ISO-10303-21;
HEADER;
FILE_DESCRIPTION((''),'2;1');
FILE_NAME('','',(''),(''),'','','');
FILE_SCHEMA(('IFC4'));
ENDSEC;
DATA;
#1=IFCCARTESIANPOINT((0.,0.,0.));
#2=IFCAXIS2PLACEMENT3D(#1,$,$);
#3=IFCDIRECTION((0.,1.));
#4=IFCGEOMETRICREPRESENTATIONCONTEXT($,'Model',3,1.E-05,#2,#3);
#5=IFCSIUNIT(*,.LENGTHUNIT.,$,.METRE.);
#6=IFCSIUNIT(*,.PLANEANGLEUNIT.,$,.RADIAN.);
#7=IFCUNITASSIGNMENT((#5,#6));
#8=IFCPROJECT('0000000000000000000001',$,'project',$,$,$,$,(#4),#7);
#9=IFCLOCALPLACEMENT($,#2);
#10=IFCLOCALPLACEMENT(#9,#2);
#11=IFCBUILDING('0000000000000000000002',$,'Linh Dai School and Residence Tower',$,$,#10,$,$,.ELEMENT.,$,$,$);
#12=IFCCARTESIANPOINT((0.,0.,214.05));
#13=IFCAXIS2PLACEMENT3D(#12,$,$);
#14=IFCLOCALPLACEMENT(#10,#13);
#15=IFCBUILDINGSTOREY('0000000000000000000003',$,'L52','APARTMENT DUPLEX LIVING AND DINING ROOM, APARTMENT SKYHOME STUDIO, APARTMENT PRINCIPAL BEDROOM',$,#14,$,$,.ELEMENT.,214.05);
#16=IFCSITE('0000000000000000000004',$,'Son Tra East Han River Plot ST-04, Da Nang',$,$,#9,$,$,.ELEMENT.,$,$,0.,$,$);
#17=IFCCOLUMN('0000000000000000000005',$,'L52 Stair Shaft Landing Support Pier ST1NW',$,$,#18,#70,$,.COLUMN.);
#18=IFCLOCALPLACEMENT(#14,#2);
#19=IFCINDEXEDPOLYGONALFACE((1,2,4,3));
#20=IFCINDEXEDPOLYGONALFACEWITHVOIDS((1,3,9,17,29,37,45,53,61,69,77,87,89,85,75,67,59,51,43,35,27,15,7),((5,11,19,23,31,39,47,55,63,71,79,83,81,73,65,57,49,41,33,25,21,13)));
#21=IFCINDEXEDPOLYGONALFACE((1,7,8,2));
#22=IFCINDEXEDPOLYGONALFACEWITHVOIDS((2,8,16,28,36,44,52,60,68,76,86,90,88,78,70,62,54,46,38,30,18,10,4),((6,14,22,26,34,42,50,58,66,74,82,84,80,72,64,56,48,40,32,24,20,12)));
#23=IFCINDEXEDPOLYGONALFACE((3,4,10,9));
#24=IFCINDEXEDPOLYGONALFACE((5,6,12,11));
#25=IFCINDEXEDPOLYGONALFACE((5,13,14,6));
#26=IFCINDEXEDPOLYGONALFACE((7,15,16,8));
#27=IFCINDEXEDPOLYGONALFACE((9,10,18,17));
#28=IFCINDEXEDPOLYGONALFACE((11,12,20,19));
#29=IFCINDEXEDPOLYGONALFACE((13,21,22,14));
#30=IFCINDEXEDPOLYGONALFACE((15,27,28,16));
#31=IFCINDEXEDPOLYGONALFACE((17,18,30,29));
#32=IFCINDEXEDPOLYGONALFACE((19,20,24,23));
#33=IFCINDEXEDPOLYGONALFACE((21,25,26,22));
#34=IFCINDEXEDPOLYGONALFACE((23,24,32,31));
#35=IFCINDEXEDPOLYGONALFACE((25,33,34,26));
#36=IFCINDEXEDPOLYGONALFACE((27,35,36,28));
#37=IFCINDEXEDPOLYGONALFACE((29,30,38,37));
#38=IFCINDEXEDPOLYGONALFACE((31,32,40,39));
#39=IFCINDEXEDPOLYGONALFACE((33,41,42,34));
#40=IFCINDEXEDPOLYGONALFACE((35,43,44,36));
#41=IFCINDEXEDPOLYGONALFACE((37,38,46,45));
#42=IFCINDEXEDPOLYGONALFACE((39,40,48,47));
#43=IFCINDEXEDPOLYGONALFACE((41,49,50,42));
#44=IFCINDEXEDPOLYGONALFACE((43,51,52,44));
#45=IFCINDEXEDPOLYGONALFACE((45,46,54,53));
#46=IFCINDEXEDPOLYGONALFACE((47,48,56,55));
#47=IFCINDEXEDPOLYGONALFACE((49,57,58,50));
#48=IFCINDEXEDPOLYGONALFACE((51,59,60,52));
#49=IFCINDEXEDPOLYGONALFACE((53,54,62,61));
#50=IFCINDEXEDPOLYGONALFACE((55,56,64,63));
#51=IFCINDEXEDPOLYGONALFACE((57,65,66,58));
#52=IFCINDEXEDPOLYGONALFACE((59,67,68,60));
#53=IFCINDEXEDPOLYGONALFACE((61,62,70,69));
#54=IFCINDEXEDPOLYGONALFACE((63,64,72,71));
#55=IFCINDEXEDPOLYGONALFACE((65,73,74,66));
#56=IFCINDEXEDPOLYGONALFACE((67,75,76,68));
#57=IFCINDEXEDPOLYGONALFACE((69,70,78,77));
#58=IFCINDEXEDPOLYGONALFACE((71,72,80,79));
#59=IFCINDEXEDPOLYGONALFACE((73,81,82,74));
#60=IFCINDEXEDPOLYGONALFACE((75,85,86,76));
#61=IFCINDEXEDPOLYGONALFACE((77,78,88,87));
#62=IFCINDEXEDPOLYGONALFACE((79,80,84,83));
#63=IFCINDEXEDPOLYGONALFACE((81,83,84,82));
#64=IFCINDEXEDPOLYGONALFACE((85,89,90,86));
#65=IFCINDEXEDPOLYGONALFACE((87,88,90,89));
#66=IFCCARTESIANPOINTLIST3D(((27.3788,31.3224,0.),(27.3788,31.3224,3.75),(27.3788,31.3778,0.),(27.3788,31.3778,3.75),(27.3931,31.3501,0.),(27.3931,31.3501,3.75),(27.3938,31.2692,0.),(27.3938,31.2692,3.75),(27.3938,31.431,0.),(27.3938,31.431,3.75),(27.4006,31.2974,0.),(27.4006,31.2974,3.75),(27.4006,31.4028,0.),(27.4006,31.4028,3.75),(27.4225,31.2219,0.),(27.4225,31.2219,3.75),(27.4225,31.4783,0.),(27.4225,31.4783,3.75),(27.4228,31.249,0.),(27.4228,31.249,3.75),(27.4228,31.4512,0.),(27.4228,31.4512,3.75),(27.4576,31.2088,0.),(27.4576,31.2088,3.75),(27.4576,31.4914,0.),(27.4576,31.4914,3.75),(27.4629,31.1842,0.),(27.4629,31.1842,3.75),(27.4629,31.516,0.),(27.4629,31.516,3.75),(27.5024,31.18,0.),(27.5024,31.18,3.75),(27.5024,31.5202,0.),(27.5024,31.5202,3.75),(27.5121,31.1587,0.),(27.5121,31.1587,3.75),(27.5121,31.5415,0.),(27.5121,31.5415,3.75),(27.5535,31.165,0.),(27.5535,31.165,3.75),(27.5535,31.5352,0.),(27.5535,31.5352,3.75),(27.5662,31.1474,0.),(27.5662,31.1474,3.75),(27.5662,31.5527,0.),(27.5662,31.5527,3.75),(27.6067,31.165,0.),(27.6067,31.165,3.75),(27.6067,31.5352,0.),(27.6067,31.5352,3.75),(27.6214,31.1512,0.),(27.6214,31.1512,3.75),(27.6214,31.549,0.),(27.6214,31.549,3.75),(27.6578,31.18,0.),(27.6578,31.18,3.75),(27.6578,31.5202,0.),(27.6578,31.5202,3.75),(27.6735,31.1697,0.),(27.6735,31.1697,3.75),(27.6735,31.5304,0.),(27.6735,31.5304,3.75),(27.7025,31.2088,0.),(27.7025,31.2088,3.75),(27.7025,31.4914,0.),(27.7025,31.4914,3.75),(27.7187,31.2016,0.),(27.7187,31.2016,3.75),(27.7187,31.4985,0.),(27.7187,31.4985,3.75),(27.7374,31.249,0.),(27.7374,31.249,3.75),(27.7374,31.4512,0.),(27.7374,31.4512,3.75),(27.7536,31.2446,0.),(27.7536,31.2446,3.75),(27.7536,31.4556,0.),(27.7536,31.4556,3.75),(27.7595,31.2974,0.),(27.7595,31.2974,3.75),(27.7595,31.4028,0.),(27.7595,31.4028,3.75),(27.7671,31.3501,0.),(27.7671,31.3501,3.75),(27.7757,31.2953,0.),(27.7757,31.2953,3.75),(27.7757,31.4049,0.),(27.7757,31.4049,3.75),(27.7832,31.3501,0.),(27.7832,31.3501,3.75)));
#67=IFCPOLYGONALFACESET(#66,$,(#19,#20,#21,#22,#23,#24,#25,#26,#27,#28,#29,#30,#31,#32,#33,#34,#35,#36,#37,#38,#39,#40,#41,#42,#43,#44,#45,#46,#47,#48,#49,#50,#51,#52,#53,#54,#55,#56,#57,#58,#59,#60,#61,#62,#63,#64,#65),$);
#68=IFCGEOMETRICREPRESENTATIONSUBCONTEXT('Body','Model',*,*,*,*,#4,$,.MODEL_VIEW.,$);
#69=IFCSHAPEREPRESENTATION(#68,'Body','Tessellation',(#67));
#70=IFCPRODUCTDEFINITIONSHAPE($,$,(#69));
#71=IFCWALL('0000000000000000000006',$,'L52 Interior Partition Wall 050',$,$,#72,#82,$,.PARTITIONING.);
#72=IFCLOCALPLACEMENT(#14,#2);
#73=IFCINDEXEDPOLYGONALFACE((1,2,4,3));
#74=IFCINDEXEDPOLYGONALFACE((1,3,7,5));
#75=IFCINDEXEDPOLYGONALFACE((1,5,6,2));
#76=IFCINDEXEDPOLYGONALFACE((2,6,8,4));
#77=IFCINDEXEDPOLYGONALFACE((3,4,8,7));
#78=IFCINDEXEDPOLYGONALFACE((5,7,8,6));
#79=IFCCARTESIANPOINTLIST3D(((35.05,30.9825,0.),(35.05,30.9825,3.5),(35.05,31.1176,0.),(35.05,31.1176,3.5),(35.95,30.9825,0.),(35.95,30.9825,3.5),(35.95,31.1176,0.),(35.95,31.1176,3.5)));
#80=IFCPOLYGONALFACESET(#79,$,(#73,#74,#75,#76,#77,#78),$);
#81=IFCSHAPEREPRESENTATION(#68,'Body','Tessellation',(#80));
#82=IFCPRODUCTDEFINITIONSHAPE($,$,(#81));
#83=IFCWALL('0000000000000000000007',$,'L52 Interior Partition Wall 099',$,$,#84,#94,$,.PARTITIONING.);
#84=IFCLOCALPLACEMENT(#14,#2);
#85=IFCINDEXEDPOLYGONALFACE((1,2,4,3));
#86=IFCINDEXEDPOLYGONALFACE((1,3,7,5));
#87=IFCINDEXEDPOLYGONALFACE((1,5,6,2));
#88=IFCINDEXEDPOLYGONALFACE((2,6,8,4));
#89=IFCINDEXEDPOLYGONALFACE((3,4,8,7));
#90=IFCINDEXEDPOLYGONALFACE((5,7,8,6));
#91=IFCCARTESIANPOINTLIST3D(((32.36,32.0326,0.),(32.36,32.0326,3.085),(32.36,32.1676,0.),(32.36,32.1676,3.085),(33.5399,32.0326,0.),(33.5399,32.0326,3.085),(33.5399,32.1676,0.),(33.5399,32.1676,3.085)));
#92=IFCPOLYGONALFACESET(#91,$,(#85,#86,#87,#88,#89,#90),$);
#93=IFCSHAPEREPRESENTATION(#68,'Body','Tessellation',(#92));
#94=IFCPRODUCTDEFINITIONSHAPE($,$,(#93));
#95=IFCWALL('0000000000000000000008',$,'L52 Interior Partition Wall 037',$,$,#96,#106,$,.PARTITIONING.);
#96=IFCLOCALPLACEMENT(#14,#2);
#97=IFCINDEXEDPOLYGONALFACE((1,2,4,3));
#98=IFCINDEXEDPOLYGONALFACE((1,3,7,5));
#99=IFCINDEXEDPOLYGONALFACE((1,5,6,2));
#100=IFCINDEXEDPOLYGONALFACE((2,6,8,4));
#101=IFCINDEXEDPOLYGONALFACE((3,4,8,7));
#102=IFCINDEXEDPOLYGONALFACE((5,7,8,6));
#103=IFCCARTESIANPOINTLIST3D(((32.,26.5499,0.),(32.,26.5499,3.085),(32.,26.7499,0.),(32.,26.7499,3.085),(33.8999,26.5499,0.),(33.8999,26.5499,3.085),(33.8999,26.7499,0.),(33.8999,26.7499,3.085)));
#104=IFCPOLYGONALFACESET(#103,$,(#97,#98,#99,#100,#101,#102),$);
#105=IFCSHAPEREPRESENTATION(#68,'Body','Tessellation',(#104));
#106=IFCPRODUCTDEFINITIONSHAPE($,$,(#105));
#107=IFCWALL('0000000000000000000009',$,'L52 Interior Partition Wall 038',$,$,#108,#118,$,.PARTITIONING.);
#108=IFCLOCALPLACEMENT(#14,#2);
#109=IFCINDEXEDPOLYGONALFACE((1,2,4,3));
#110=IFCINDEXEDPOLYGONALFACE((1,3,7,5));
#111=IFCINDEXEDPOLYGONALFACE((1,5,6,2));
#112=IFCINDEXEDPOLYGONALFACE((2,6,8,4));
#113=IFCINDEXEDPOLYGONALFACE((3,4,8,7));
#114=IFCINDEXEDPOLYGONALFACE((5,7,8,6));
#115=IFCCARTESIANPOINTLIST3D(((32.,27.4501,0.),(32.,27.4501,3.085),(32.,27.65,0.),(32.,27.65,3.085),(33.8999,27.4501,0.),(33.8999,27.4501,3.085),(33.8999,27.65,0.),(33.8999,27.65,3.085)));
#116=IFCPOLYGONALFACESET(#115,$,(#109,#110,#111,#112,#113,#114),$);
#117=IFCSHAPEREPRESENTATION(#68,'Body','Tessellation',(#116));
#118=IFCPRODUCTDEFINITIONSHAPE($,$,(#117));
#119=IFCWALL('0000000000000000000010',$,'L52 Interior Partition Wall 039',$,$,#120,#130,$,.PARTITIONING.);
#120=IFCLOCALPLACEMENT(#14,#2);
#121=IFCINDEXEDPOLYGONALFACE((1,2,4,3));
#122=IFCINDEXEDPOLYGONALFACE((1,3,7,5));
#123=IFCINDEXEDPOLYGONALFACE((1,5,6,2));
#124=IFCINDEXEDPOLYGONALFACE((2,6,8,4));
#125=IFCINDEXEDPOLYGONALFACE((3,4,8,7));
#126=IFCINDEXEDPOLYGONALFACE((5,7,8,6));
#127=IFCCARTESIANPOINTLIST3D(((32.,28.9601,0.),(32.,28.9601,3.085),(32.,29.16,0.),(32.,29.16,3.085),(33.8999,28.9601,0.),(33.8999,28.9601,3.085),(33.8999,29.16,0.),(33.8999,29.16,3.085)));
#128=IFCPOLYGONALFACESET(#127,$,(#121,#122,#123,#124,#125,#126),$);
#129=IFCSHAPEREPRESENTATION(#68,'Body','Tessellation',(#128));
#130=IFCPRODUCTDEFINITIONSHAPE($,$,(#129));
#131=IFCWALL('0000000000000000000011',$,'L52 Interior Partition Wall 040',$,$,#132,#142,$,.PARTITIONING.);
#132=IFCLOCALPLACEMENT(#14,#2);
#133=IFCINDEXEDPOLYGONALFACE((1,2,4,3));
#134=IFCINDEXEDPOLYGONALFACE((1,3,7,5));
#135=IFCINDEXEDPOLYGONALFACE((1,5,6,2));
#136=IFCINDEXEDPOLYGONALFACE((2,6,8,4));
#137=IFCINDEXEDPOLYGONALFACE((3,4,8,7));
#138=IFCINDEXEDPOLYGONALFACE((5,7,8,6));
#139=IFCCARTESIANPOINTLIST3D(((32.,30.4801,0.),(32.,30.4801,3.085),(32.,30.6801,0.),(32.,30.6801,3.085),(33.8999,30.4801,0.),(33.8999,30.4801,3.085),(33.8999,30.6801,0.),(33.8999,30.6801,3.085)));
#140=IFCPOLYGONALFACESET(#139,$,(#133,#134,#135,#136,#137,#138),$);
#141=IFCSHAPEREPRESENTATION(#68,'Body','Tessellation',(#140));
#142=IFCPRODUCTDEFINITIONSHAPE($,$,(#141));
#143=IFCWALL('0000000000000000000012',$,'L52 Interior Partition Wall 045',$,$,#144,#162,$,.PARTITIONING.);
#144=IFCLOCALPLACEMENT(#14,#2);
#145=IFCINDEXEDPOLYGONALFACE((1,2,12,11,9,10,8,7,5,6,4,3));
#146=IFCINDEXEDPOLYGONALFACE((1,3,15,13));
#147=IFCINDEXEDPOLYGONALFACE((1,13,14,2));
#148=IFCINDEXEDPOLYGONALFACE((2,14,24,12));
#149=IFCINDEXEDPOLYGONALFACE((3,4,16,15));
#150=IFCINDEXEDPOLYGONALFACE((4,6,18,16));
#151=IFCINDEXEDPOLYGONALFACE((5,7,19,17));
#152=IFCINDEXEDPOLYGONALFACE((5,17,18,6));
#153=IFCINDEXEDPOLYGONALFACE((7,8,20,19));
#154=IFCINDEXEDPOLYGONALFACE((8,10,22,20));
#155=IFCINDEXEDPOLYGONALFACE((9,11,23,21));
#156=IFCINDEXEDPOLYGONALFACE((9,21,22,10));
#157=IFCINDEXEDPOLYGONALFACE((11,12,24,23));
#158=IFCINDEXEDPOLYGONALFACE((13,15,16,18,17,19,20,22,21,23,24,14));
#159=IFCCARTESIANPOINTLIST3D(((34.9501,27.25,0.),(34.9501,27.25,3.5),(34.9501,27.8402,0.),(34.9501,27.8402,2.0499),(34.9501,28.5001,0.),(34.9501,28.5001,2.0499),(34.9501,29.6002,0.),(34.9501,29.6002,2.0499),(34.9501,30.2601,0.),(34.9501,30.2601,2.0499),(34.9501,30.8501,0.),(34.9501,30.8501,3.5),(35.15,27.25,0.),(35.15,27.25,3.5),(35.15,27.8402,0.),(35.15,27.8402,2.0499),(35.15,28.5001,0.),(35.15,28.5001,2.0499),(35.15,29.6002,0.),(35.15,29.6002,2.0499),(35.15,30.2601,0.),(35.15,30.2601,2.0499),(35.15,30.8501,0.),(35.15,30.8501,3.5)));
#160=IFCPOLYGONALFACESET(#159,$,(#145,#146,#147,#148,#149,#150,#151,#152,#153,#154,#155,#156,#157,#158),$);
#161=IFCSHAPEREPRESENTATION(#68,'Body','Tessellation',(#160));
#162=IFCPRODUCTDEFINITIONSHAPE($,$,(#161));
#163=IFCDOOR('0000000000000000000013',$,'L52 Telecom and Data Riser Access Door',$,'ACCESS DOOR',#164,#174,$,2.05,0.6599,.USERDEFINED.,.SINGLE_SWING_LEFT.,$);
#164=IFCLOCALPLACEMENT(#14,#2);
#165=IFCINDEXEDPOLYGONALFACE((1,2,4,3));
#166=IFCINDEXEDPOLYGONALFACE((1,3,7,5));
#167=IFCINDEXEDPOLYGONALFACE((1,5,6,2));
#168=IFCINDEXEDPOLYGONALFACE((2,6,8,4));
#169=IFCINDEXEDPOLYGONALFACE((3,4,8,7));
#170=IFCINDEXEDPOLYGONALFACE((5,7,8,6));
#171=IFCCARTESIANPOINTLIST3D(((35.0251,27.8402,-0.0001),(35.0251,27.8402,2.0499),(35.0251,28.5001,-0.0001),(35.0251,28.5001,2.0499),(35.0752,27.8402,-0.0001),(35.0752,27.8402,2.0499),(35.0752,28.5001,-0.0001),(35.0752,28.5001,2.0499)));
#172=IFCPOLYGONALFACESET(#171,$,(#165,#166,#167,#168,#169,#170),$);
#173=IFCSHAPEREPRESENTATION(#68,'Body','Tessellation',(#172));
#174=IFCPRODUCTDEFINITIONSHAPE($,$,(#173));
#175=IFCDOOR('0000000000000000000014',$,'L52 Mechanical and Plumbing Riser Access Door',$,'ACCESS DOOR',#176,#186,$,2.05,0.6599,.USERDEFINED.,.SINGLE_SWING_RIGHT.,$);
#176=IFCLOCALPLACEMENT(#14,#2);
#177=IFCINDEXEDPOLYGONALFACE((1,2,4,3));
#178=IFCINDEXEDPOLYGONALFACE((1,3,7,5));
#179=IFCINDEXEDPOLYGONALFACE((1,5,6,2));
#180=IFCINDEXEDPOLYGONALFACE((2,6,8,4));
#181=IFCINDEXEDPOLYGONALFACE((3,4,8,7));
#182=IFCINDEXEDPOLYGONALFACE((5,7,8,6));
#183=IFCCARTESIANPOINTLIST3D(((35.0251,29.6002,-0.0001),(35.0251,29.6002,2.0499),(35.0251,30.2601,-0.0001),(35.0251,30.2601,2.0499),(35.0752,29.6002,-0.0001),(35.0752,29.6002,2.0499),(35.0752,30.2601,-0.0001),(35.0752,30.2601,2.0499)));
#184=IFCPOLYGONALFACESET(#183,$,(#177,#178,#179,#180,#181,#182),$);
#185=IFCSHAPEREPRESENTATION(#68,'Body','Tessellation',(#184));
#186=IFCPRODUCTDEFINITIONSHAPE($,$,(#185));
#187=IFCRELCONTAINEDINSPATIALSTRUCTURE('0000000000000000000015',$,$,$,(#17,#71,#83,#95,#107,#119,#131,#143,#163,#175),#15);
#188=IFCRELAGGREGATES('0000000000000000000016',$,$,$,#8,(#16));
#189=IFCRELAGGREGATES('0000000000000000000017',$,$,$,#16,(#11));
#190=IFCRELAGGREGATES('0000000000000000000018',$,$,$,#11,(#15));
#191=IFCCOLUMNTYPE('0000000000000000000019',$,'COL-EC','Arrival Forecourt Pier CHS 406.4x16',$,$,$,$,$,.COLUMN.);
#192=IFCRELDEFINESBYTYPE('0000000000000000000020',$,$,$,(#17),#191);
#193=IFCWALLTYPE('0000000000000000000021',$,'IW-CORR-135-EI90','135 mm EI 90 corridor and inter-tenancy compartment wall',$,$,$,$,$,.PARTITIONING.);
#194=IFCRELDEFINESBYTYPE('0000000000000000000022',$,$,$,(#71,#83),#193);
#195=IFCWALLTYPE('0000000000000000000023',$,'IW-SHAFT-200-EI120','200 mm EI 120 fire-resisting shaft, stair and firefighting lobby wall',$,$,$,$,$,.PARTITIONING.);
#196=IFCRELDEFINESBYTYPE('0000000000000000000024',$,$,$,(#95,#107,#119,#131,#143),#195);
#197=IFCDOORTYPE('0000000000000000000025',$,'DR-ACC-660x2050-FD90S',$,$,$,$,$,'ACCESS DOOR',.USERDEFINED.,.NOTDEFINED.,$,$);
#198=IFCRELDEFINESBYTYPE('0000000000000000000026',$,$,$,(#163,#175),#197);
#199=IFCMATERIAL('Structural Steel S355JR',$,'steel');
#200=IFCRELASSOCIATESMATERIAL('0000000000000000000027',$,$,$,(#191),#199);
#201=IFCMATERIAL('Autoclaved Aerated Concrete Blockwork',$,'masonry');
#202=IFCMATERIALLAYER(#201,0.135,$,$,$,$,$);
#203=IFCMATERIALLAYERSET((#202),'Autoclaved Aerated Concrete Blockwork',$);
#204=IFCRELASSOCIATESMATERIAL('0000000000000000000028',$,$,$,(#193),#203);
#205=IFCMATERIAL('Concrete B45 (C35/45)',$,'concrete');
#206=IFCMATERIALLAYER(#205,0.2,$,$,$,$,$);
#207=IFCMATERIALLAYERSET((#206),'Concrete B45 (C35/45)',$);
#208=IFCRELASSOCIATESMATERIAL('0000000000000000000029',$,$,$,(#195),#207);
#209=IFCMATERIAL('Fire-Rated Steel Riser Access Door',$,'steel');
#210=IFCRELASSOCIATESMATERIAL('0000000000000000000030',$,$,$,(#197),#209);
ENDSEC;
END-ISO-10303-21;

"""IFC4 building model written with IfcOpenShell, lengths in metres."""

from ifc_helpers import new_model, si_unit, direction, frame, frame_2d, origin, origin_2d, place, context, subcontext, project, spatial, rectangle, hollow_circle, extrude, source, transform, mapped, material, layer, layer_set, material_profile, profile_set, type_object, element, fill, save


model = new_model("IFC4")

# Units and contexts
model_context = context("Model", 3, precision=1e-05, world=origin(), true_north=direction((0.0, 1.0)))
body_context = subcontext(model_context, "Body", "Model", "MODEL_VIEW")
ifc_project = project(units=[si_unit("LENGTHUNIT", "METRE"), si_unit("PLANEANGLEUNIT", "RADIAN")], contexts=[model_context])

# Site, building, storey
site_placement = place(None, origin())
site = spatial("IfcSite", under=ifc_project, at=site_placement, Name="Son Tra East Han River Plot ST-04, Da Nang", CompositionType="ELEMENT", RefElevation=0.0)
building_placement = place(site_placement, origin())
building = spatial("IfcBuilding", under=site, at=building_placement, Name="Linh Dai School and Residence Tower", CompositionType="ELEMENT")
storey_placement = place(building_placement, frame((0.0, 0.0, 214.05)))
storey = spatial("IfcBuildingStorey", under=building, at=storey_placement, Name="L52", Description="APARTMENT DUPLEX LIVING AND DINING ROOM, APARTMENT SKYHOME STUDIO, APARTMENT PRINCIPAL BEDROOM", CompositionType="ELEMENT", Elevation=214.05)

# Column
ifc_material_1 = material(Name="Structural Steel S355JR", Category="steel")
ifc_material_profile = material_profile(ifc_material_1, hollow_circle(Radius=0.2031, WallThickness=0.0161, at=origin_2d()), Name="CHS 406.4x16")
ifc_profile_set = profile_set([ifc_material_profile], Name="Structural Steel S355JR")
column_type = type_object("IfcColumnType", Name="COL-EC", Description="Arrival Forecourt Pier CHS 406.4x16", PredefinedType="COLUMN", material=ifc_profile_set)
column_placement = place(storey_placement, frame((27.5801, 31.3501, 0.0), z_axis=(0.0, 0.0, 1.0), x_axis=(1.0, 0.0, 0.0)))
element("IfcColumn", 1, at=column_placement, inside=storey, type_object=column_type, Name="L52 Stair Shaft Landing Support Pier ST1NW", PredefinedType="COLUMN", context=body_context, shape_type="SweptSolid", body=[
    extrude(hollow_circle(Radius=0.2031, WallThickness=0.0161, at=origin_2d()), origin(), (0.0, 0.0, 1.0), 3.75),
])

# Shared definitions
ifc_material_2 = material(Name="Autoclaved Aerated Concrete Blockwork", Category="masonry")
ifc_layer_1 = layer(ifc_material_2, 0.135)
ifc_layer_set_1 = layer_set([ifc_layer_1], Name="Autoclaved Aerated Concrete Blockwork")
wall_type_1 = type_object("IfcWallType", Name="IW-CORR-135-EI90", Description="135 mm EI 90 corridor and inter-tenancy compartment wall", PredefinedType="PARTITIONING", material=ifc_layer_set_1)

# Walls
wall_1_placement = place(storey_placement, frame((35.05, 31.05, 0.0), z_axis=(0.0, 0.0, 1.0), x_axis=(1.0, 0.0, 0.0)))
element("IfcWall", 2, at=wall_1_placement, inside=storey, type_object=wall_type_1, Name="L52 Interior Partition Wall 050", PredefinedType="PARTITIONING", context=body_context, shape_type="SweptSolid", body=[
    extrude(rectangle(XDim=0.8999, YDim=0.135, at=frame_2d((0.45, 0.0))), origin(), (0.0, 0.0, 1.0), 3.5),
])
wall_2_placement = place(storey_placement, frame((32.3601, 32.1001, 0.0), z_axis=(0.0, 0.0, 1.0), x_axis=(1.0, 0.0, 0.0)))
element("IfcWall", 3, at=wall_2_placement, inside=storey, type_object=wall_type_1, Name="L52 Interior Partition Wall 099", PredefinedType="PARTITIONING", context=body_context, shape_type="SweptSolid", body=[
    extrude(rectangle(XDim=1.1799, YDim=0.135, at=frame_2d((0.5898, 0.0))), origin(), (0.0, 0.0, 1.0), 3.085),
])
ifc_material_3 = material(Name="Concrete B45 (C35/45)", Category="concrete")
ifc_layer_2 = layer(ifc_material_3, 0.2)
ifc_layer_set_2 = layer_set([ifc_layer_2], Name="Concrete B45 (C35/45)")
wall_type_2 = type_object("IfcWallType", Name="IW-SHAFT-200-EI120", Description="200 mm EI 120 fire-resisting shaft, stair and firefighting lobby wall", PredefinedType="PARTITIONING", material=ifc_layer_set_2)
for number, where, z_axis, x_axis, name in (
    (4, (32.0, 26.6499, 0.0), (0.0, 0.0, 1.0), (1.0, 0.0, 0.0), "L52 Interior Partition Wall 037"),
    (5, (32.0, 27.55, 0.0), (0.0, 0.0, 1.0), (1.0, 0.0, 0.0), "L52 Interior Partition Wall 038"),
    (6, (32.0, 29.0601, 0.0), (0.0, 0.0, 1.0), (1.0, 0.0, 0.0), "L52 Interior Partition Wall 039"),
    (7, (32.0, 30.5801, 0.0), (0.0, 0.0, 1.0), (1.0, 0.0, 0.0), "L52 Interior Partition Wall 040"),
):
    element("IfcWall", number, at=place(storey_placement, frame(where, z_axis=z_axis, x_axis=x_axis)), inside=storey, type_object=wall_type_2, Name=name, PredefinedType="PARTITIONING", context=body_context, shape_type="SweptSolid", body=[
        extrude(rectangle(XDim=1.8999, YDim=0.2, at=frame_2d((0.95, 0.0))), origin(), (0.0, 0.0, 1.0), 3.085),
    ])

# Wall, openings, doors
wall_3_placement = place(storey_placement, frame((35.05, 27.25, 0.0), z_axis=(0.0, 0.0, 1.0), x_axis=(0.0, 1.0, 0.0)))
wall_3 = element("IfcWall", 8, at=wall_3_placement, inside=storey, type_object=wall_type_2, Name="L52 Interior Partition Wall 045", PredefinedType="PARTITIONING", context=body_context, shape_type="SweptSolid", body=[
    extrude(rectangle(XDim=3.6001, YDim=0.2, at=frame_2d((1.8, 0.0))), origin(), (0.0, 0.0, 1.0), 3.5),
])
opening_1_placement = place(wall_3_placement, frame((0.5901, 0.0, 0.0)))
opening_1 = element("IfcOpeningElement", 9, at=opening_1_placement, cuts=wall_3, PredefinedType="OPENING", context=body_context, shape_type="SweptSolid", body=[
    extrude(rectangle(XDim=0.6599, YDim=2.05, at=origin_2d()), frame((0.3301, 0.1099, 1.0249), z_axis=(0.0, -1.0, 0.0), x_axis=(1.0, 0.0, 0.0)), (0.0, 0.0, 1.0), 0.22),
])
opening_2_placement = place(wall_3_placement, frame((2.3501, 0.0, 0.0)))
opening_2 = element("IfcOpeningElement", 10, at=opening_2_placement, cuts=wall_3, PredefinedType="OPENING", context=body_context, shape_type="SweptSolid", body=[
    extrude(rectangle(XDim=0.6599, YDim=2.05, at=origin_2d()), frame((0.3301, 0.1099, 1.0249), z_axis=(0.0, -1.0, 0.0), x_axis=(1.0, 0.0, 0.0)), (0.0, 0.0, 1.0), 0.22),
])
ifc_material_4 = material(Name="Fire-Rated Steel Riser Access Door", Category="steel")
door_type_1 = type_object("IfcDoorType", Name="DR-ACC-660x2050-FD90S", ElementType="ACCESS DOOR", OperationType="NOTDEFINED", PredefinedType="USERDEFINED", material=ifc_material_4)
shared_shape_1 = source(origin(), body_context, "Body", "SweptSolid", [
    extrude(rectangle(XDim=0.6599, YDim=2.05, at=origin_2d()), frame((0.3301, 0.0249, 1.0249), z_axis=(0.0, -1.0, 0.0), x_axis=(1.0, 0.0, 0.0)), (0.0, 0.0, 1.0), 0.05),
])
door_1_placement = place(opening_1_placement, origin())
door_1 = element("IfcDoor", 11, at=door_1_placement, inside=storey, type_object=door_type_1, Name="L52 Telecom and Data Riser Access Door", ObjectType="ACCESS DOOR", OperationType="SINGLE_SWING_LEFT", OverallHeight=2.05, OverallWidth=0.6599, PredefinedType="USERDEFINED", context=body_context, shape_type="MappedRepresentation", body=[
    mapped(shared_shape_1, transform((0.0, 0.0, 0.0), x_axis=(1.0, 0.0, 0.0), y_axis=(0.0, 1.0, 0.0), z_axis=(0.0, 0.0, 1.0), scale=1.0)),
])
fill(opening_1, door_1)
door_2_placement = place(opening_2_placement, origin())
door_2 = element("IfcDoor", 12, at=door_2_placement, inside=storey, type_object=door_type_1, Name="L52 Mechanical and Plumbing Riser Access Door", ObjectType="ACCESS DOOR", OperationType="SINGLE_SWING_RIGHT", OverallHeight=2.05, OverallWidth=0.6599, PredefinedType="USERDEFINED", context=body_context, shape_type="MappedRepresentation", body=[
    mapped(shared_shape_1, transform((0.0, 0.0, 0.0), x_axis=(1.0, 0.0, 0.0), y_axis=(0.0, 1.0, 0.0), z_axis=(0.0, 0.0, 1.0), scale=1.0)),
])
fill(opening_2, door_2)

save(model, "model.ifc")
